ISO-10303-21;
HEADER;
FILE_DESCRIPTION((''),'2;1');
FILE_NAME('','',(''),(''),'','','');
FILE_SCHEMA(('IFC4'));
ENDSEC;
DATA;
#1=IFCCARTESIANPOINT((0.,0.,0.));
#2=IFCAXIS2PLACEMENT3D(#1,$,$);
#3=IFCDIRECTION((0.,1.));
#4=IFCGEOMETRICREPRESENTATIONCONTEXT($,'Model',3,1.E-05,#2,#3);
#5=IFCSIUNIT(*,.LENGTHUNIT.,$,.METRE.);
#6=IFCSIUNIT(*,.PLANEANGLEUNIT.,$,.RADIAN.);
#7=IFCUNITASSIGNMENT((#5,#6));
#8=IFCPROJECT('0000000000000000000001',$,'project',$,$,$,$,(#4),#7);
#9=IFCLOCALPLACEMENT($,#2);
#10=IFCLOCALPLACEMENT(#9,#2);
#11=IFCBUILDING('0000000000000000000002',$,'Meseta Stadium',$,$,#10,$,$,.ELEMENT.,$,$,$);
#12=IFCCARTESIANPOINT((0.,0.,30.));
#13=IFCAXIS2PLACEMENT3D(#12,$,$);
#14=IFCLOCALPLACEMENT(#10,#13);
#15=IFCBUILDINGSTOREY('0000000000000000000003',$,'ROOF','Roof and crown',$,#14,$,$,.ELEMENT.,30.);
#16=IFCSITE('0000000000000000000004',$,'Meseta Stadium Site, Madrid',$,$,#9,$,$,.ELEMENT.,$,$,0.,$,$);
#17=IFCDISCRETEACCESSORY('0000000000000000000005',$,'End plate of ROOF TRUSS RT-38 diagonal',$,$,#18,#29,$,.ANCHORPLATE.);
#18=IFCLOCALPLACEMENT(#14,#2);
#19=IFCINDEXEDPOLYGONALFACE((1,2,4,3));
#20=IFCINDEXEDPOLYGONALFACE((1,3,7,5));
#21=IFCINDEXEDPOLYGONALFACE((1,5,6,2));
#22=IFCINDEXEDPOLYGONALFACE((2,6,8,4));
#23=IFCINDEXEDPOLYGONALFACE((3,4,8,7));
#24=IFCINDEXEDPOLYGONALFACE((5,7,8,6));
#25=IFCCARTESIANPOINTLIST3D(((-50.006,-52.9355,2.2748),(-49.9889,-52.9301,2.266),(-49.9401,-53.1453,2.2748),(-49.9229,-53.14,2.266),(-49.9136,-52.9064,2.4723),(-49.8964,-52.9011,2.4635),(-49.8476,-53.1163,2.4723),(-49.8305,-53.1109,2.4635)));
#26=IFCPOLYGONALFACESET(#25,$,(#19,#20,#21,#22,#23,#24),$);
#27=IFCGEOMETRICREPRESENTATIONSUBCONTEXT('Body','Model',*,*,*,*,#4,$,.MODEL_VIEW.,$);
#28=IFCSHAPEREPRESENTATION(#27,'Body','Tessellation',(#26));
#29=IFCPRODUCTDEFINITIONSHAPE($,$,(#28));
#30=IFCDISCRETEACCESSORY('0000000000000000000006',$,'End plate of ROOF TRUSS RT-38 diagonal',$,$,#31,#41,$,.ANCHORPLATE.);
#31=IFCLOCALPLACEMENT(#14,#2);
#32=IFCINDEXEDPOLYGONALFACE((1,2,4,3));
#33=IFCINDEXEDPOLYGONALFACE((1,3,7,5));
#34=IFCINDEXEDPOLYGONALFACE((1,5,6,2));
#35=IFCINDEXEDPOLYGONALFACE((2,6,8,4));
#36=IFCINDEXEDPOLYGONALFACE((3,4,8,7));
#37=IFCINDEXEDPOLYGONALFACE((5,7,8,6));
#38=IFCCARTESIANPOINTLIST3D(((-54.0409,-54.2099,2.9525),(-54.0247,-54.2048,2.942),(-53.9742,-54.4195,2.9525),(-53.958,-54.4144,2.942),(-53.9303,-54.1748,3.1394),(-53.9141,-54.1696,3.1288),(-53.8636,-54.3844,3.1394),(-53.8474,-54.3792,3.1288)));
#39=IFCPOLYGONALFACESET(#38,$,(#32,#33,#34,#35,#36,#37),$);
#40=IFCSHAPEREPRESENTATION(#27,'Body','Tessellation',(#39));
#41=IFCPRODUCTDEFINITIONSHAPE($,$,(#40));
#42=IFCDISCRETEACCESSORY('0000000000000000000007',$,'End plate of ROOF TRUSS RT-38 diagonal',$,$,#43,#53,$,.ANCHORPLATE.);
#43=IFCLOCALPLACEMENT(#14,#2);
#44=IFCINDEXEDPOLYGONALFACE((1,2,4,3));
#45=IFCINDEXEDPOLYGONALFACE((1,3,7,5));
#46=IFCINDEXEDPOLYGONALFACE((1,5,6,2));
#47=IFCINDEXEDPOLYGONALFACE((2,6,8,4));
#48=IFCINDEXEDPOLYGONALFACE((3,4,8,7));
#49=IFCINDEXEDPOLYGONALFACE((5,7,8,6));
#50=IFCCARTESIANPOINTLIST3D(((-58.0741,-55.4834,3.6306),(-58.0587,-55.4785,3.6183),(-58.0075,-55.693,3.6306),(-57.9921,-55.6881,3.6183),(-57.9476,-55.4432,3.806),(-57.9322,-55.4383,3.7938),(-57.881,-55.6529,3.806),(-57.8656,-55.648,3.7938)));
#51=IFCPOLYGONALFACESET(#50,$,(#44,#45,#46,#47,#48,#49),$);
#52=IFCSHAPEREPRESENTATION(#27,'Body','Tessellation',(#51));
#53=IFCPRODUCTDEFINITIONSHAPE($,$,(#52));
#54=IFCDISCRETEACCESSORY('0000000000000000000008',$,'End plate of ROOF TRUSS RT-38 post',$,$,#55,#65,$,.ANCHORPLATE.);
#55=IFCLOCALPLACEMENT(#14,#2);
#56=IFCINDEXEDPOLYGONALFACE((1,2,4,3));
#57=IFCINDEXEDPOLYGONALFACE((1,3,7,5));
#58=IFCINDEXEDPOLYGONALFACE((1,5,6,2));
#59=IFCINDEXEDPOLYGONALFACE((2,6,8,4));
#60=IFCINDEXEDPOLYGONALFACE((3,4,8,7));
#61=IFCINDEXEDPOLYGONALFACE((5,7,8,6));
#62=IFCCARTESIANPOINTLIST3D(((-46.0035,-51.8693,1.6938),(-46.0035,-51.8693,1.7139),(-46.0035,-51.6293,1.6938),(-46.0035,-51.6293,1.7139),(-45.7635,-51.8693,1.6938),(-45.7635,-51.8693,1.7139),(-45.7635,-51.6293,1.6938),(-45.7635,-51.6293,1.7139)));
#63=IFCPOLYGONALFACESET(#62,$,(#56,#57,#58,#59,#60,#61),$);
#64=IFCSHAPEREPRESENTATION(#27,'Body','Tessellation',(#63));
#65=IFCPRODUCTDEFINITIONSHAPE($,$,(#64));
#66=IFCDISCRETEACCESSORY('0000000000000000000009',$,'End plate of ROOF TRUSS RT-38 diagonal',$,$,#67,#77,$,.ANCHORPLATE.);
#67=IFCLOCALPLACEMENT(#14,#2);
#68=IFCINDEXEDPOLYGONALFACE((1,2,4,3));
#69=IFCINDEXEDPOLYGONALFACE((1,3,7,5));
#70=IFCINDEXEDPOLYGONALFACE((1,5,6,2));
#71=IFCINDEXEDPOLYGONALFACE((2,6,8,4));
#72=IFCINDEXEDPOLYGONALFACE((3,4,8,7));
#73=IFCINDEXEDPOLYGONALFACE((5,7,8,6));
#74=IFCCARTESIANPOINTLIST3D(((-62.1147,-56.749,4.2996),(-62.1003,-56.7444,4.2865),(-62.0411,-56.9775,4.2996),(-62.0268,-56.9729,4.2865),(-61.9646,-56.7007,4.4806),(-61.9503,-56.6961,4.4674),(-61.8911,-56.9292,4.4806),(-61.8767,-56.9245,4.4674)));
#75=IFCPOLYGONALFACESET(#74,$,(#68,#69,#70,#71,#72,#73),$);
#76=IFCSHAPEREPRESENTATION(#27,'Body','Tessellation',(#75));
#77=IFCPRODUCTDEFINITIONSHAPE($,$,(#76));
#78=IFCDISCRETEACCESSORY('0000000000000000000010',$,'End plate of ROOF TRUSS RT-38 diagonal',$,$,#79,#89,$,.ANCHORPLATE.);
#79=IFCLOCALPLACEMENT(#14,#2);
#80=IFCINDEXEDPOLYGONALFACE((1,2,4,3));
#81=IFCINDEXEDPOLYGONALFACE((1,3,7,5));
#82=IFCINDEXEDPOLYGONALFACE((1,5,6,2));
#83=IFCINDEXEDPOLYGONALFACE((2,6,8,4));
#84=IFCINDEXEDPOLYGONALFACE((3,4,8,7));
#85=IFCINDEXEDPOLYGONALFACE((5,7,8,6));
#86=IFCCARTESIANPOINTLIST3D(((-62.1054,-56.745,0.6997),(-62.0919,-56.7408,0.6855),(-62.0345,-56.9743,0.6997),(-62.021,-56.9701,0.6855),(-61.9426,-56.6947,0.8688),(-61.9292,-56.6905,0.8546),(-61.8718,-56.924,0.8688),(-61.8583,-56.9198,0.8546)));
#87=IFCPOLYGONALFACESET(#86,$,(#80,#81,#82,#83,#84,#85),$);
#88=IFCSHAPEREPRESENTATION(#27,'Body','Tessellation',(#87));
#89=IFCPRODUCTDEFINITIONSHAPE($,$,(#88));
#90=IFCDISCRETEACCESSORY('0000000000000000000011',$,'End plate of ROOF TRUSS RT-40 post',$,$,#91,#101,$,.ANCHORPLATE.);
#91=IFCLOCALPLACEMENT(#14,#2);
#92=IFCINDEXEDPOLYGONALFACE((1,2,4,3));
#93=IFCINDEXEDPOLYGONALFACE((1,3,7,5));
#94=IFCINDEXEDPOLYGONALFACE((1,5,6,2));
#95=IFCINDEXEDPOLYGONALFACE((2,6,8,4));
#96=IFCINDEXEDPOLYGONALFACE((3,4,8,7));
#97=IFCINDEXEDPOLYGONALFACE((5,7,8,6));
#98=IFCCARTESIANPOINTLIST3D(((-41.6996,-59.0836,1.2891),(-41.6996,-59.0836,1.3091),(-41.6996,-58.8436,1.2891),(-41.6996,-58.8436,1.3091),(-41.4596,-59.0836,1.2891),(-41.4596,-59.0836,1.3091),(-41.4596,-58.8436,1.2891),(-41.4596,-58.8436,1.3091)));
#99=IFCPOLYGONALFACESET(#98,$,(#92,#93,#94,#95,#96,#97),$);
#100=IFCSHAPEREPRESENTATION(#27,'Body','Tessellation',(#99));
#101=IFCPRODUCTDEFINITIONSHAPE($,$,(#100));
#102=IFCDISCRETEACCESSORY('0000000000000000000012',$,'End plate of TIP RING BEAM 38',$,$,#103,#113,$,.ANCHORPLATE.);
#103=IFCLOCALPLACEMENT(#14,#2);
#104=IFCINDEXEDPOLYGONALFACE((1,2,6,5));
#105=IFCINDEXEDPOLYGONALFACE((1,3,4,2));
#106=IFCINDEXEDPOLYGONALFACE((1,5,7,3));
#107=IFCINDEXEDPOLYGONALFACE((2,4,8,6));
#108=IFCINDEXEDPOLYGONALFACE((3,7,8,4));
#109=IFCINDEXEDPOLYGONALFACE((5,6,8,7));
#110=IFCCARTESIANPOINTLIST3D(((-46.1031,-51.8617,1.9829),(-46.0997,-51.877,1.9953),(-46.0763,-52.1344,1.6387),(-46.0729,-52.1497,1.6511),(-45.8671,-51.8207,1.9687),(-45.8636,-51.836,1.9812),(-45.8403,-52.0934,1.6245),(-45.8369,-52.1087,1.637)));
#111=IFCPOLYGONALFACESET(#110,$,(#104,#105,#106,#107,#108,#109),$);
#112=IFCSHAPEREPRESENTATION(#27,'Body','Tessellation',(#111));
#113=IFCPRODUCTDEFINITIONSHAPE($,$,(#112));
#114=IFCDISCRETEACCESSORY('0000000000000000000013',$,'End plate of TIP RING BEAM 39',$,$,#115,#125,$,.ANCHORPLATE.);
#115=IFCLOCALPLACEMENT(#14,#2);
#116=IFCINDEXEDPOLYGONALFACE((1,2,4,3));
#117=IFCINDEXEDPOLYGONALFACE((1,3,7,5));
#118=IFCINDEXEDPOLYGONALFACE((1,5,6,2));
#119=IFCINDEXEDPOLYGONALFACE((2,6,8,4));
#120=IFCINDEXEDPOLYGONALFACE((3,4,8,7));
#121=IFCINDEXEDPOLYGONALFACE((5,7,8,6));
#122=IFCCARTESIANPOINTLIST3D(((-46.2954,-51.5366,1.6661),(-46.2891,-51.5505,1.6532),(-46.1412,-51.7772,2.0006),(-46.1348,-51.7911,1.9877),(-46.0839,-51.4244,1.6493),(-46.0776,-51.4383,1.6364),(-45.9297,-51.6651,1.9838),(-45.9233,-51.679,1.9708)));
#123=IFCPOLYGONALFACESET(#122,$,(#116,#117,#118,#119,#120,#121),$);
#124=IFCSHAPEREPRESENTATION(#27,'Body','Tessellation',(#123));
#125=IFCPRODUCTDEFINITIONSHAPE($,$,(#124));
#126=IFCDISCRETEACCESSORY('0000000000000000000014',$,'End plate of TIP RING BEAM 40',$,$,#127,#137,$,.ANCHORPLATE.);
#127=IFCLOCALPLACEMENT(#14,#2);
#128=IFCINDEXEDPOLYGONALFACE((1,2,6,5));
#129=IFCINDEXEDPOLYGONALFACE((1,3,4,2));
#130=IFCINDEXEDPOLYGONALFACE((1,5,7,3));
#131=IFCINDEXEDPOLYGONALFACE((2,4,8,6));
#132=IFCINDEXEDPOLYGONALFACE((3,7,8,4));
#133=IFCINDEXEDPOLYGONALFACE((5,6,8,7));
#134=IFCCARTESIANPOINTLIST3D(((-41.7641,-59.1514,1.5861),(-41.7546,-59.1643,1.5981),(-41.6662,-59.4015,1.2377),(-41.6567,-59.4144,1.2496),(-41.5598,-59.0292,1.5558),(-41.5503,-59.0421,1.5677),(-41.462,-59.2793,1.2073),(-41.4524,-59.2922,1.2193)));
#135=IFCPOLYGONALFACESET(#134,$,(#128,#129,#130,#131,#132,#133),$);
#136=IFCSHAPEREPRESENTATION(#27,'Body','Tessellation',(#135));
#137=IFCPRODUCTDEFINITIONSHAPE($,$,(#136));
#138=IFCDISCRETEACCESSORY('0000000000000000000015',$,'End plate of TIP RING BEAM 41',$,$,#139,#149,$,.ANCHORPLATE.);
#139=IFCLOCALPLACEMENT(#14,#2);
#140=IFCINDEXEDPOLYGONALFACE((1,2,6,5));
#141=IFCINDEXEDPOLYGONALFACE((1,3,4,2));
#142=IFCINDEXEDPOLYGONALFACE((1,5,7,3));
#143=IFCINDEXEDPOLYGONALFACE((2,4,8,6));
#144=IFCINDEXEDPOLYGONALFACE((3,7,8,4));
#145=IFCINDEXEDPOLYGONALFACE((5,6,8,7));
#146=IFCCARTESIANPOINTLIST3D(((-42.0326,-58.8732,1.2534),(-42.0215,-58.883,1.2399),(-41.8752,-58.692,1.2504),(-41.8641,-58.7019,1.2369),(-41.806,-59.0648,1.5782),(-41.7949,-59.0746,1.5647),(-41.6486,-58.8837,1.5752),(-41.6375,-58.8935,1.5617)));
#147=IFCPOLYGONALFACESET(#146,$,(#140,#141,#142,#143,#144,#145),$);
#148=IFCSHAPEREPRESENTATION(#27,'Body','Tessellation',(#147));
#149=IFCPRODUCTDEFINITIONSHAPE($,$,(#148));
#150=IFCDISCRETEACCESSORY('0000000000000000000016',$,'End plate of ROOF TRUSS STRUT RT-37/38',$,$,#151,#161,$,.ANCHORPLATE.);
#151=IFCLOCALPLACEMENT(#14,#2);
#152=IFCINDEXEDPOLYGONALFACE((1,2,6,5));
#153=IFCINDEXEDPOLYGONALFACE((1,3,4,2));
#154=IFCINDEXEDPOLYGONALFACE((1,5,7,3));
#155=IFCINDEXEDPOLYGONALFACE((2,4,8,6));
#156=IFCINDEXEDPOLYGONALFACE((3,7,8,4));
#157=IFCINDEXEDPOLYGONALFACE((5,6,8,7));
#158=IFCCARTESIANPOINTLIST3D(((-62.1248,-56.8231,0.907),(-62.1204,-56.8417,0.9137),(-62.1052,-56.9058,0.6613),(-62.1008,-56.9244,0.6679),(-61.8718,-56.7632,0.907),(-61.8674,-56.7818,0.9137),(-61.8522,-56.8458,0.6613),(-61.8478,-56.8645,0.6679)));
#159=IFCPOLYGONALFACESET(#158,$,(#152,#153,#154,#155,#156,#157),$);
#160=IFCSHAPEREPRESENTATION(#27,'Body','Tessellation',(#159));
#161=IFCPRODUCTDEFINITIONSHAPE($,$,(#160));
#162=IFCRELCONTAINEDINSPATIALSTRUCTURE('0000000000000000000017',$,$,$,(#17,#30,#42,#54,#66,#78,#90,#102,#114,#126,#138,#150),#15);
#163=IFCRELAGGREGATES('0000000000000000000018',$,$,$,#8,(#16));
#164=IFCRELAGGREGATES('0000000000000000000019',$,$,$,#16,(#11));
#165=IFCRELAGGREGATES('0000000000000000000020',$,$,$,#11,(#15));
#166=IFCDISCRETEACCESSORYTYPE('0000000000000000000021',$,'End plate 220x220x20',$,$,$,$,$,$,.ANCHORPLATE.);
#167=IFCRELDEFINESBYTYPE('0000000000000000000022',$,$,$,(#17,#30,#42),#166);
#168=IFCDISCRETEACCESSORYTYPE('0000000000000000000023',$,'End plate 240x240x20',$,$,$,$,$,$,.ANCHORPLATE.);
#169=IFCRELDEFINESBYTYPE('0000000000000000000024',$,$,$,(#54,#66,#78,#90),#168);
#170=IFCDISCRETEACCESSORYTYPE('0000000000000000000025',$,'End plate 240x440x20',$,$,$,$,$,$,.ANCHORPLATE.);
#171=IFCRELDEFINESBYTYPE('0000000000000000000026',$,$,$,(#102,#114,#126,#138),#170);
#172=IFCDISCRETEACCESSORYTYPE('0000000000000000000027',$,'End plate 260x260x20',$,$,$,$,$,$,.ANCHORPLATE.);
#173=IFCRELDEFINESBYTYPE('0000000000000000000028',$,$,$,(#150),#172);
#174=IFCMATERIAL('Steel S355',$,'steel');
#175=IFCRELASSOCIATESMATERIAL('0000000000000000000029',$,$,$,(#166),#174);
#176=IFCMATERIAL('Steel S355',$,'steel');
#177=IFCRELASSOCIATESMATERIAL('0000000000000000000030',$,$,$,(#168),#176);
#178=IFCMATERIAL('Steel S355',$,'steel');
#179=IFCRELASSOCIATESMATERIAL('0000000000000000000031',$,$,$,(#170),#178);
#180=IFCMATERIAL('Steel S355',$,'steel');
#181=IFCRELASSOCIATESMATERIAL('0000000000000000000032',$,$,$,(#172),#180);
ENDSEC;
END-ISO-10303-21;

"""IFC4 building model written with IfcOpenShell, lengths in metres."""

from ifc_helpers import new_model, si_unit, direction, frame, origin, origin_2d, place, context, subcontext, project, spatial, rectangle, extrude, material, material_profile, profile_set, type_object, element, save


model = new_model("IFC4")

# Units and contexts
model_context = context("Model", 3, precision=1e-05, world=origin(), true_north=direction((0.0, 1.0)))
body_context = subcontext(model_context, "Body", "Model", "MODEL_VIEW")
ifc_project = project(units=[si_unit("LENGTHUNIT", "METRE"), si_unit("PLANEANGLEUNIT", "RADIAN")], contexts=[model_context])

# Site, building, storey
site_placement = place(None, origin())
site = spatial("IfcSite", under=ifc_project, at=site_placement, Name="Meseta Stadium Site, Madrid", CompositionType="ELEMENT", RefElevation=0.0)
building_placement = place(site_placement, origin())
building = spatial("IfcBuilding", under=site, at=building_placement, Name="Meseta Stadium", CompositionType="ELEMENT")
storey_placement = place(building_placement, frame((0.0, 0.0, 30.0)))
storey = spatial("IfcBuildingStorey", under=building, at=storey_placement, Name="ROOF", Description="Roof and crown", CompositionType="ELEMENT", Elevation=30.0)

# Discrete accessories
ifc_material_1 = material(Name="Steel S355", Category="steel")
ifc_material_profile_1 = material_profile(ifc_material_1, rectangle(XDim=0.22, YDim=0.22, at=origin_2d()), Name="PL 220x220")
ifc_profile_set_1 = profile_set([ifc_material_profile_1], Name="Steel S355")
discrete_accessory_type_1 = type_object("IfcDiscreteAccessoryType", Name="End plate 220x220x20", PredefinedType="ANCHORPLATE", material=ifc_profile_set_1)
for number, where, z_axis, x_axis, name in (
    (1, (-49.9097, -53.0205, 2.3647), (-0.856465, -0.269175, 0.440468), (0.299827, -0.953994, 0.0), "End plate of ROOF TRUSS RT-38 diagonal"),
    (2, (-53.936, -54.292, 3.0354), (-0.809587, -0.257596, 0.527458), (0.303204, -0.952926, 0.0), "End plate of ROOF TRUSS RT-38 diagonal"),
):
    element("IfcDiscreteAccessory", number, at=place(storey_placement, frame(where, z_axis=z_axis, x_axis=x_axis)), inside=storey, type_object=discrete_accessory_type_1, Name=name, PredefinedType="ANCHORPLATE", context=body_context, shape_type="SweptSolid", body=[
        extrude(rectangle(XDim=0.22, YDim=0.22, at=origin_2d()), origin(), (0.0, 0.0, 1.0), 0.02),
    ])
discrete_accessory_1_placement = place(storey_placement, frame((-57.9622, -55.5632, 3.7061), z_axis=(-0.76014, -0.241314, 0.603286), x_axis=(0.302579, -0.953124, 0.0)))
element("IfcDiscreteAccessory", 3, at=discrete_accessory_1_placement, inside=storey, type_object=discrete_accessory_type_1, Name="End plate of ROOF TRUSS RT-38 diagonal", PredefinedType="ANCHORPLATE", context=body_context, shape_type="SweptSolid", body=[
    extrude(rectangle(XDim=0.22, YDim=0.22, at=origin_2d()), origin(), (0.0, 0.0, 1.0), 0.0203),
])
ifc_material_2 = material(Name="Steel S355", Category="steel")
ifc_material_profile_2 = material_profile(ifc_material_2, rectangle(XDim=0.24, YDim=0.24, at=origin_2d()), Name="PL 240x240")
ifc_profile_set_2 = profile_set([ifc_material_profile_2], Name="Steel S355")
discrete_accessory_type_2 = type_object("IfcDiscreteAccessoryType", Name="End plate 240x240x20", PredefinedType="ANCHORPLATE", material=ifc_profile_set_2)
for number, where, z_axis, x_axis, name in (
    (4, (-45.8835, -51.7493, 1.6938), (0.0, 0.0, 1.0), (1.0, 0.0, 0.0), "End plate of ROOF TRUSS RT-38 post"),
    (5, (-61.9885, -56.8345, 4.377), (-0.7177, -0.231124, 0.656878), (0.306531, -0.951861, 0.0), "End plate of ROOF TRUSS RT-38 diagonal"),
    (6, (-61.9751, -56.8303, 0.77), (-0.673038, -0.20803, 0.709749), (0.295306, -0.955403, 0.0), "End plate of ROOF TRUSS RT-38 diagonal"),
    (7, (-41.5796, -58.9636, 1.2891), (0.0, 0.0, 1.0), (1.0, 0.0, 0.0), "End plate of ROOF TRUSS RT-40 post"),
):
    element("IfcDiscreteAccessory", number, at=place(storey_placement, frame(where, z_axis=z_axis, x_axis=x_axis)), inside=storey, type_object=discrete_accessory_type_2, Name=name, PredefinedType="ANCHORPLATE", context=body_context, shape_type="SweptSolid", body=[
        extrude(rectangle(XDim=0.24, YDim=0.24, at=origin_2d()), origin(), (0.0, 0.0, 1.0), 0.02),
    ])
ifc_material_3 = material(Name="Steel S355", Category="steel")
ifc_material_profile_3 = material_profile(ifc_material_3, rectangle(XDim=0.24, YDim=0.4399, at=origin_2d()), Name="PL 240x440")
ifc_profile_set_3 = profile_set([ifc_material_profile_3], Name="Steel S355")
discrete_accessory_type_3 = type_object("IfcDiscreteAccessoryType", Name="End plate 240x440x20", PredefinedType="ANCHORPLATE", material=ifc_profile_set_3)
for number, where, z_axis, x_axis, name in (
    (8, (-45.9717, -51.9775, 1.8037), (0.170201, -0.765904, 0.620018), (0.983527, 0.170905, -0.058869), "End plate of TIP RING BEAM 38"),
    (9, (-46.1125, -51.6008, 1.825), (0.316838, -0.694606, -0.645861), (0.881322, 0.467273, -0.070192), "End plate of TIP RING BEAM 39"),
    (10, (-41.613, -59.2153, 1.3967), (0.475362, -0.646005, 0.59725), (0.851185, 0.509394, -0.126497), "End plate of TIP RING BEAM 40"),
    (11, (-41.8406, -58.8784, 1.4143), (0.551825, -0.490511, -0.674453), (0.655892, 0.754755, -0.012273), "End plate of TIP RING BEAM 41"),
):
    element("IfcDiscreteAccessory", number, at=place(storey_placement, frame(where, z_axis=z_axis, x_axis=x_axis)), inside=storey, type_object=discrete_accessory_type_3, Name=name, PredefinedType="ANCHORPLATE", context=body_context, shape_type="SweptSolid", body=[
        extrude(rectangle(XDim=0.24, YDim=0.4399, at=origin_2d()), origin(), (0.0, 0.0, 1.0), 0.02),
    ])
ifc_material_4 = material(Name="Steel S355", Category="steel")
ifc_material_profile_4 = material_profile(ifc_material_4, rectangle(XDim=0.26, YDim=0.26, at=origin_2d()), Name="PL 260x260")
ifc_profile_set_4 = profile_set([ifc_material_profile_4], Name="Steel S355")
discrete_accessory_type_4 = type_object("IfcDiscreteAccessoryType", Name="End plate 260x260x20", PredefinedType="ANCHORPLATE", material=ifc_profile_set_4)
discrete_accessory_2_placement = place(storey_placement, frame((-61.9885, -56.8345, 0.7842), z_axis=(0.217818, -0.919676, 0.326727), x_axis=(0.97308, 0.230466, 0.0)))
element("IfcDiscreteAccessory", 12, at=discrete_accessory_2_placement, inside=storey, type_object=discrete_accessory_type_4, Name="End plate of ROOF TRUSS STRUT RT-37/38", PredefinedType="ANCHORPLATE", context=body_context, shape_type="SweptSolid", body=[
    extrude(rectangle(XDim=0.26, YDim=0.26, at=origin_2d()), origin(), (0.0, 0.0, 1.0), 0.0203),
])

save(model, "model.ifc")
